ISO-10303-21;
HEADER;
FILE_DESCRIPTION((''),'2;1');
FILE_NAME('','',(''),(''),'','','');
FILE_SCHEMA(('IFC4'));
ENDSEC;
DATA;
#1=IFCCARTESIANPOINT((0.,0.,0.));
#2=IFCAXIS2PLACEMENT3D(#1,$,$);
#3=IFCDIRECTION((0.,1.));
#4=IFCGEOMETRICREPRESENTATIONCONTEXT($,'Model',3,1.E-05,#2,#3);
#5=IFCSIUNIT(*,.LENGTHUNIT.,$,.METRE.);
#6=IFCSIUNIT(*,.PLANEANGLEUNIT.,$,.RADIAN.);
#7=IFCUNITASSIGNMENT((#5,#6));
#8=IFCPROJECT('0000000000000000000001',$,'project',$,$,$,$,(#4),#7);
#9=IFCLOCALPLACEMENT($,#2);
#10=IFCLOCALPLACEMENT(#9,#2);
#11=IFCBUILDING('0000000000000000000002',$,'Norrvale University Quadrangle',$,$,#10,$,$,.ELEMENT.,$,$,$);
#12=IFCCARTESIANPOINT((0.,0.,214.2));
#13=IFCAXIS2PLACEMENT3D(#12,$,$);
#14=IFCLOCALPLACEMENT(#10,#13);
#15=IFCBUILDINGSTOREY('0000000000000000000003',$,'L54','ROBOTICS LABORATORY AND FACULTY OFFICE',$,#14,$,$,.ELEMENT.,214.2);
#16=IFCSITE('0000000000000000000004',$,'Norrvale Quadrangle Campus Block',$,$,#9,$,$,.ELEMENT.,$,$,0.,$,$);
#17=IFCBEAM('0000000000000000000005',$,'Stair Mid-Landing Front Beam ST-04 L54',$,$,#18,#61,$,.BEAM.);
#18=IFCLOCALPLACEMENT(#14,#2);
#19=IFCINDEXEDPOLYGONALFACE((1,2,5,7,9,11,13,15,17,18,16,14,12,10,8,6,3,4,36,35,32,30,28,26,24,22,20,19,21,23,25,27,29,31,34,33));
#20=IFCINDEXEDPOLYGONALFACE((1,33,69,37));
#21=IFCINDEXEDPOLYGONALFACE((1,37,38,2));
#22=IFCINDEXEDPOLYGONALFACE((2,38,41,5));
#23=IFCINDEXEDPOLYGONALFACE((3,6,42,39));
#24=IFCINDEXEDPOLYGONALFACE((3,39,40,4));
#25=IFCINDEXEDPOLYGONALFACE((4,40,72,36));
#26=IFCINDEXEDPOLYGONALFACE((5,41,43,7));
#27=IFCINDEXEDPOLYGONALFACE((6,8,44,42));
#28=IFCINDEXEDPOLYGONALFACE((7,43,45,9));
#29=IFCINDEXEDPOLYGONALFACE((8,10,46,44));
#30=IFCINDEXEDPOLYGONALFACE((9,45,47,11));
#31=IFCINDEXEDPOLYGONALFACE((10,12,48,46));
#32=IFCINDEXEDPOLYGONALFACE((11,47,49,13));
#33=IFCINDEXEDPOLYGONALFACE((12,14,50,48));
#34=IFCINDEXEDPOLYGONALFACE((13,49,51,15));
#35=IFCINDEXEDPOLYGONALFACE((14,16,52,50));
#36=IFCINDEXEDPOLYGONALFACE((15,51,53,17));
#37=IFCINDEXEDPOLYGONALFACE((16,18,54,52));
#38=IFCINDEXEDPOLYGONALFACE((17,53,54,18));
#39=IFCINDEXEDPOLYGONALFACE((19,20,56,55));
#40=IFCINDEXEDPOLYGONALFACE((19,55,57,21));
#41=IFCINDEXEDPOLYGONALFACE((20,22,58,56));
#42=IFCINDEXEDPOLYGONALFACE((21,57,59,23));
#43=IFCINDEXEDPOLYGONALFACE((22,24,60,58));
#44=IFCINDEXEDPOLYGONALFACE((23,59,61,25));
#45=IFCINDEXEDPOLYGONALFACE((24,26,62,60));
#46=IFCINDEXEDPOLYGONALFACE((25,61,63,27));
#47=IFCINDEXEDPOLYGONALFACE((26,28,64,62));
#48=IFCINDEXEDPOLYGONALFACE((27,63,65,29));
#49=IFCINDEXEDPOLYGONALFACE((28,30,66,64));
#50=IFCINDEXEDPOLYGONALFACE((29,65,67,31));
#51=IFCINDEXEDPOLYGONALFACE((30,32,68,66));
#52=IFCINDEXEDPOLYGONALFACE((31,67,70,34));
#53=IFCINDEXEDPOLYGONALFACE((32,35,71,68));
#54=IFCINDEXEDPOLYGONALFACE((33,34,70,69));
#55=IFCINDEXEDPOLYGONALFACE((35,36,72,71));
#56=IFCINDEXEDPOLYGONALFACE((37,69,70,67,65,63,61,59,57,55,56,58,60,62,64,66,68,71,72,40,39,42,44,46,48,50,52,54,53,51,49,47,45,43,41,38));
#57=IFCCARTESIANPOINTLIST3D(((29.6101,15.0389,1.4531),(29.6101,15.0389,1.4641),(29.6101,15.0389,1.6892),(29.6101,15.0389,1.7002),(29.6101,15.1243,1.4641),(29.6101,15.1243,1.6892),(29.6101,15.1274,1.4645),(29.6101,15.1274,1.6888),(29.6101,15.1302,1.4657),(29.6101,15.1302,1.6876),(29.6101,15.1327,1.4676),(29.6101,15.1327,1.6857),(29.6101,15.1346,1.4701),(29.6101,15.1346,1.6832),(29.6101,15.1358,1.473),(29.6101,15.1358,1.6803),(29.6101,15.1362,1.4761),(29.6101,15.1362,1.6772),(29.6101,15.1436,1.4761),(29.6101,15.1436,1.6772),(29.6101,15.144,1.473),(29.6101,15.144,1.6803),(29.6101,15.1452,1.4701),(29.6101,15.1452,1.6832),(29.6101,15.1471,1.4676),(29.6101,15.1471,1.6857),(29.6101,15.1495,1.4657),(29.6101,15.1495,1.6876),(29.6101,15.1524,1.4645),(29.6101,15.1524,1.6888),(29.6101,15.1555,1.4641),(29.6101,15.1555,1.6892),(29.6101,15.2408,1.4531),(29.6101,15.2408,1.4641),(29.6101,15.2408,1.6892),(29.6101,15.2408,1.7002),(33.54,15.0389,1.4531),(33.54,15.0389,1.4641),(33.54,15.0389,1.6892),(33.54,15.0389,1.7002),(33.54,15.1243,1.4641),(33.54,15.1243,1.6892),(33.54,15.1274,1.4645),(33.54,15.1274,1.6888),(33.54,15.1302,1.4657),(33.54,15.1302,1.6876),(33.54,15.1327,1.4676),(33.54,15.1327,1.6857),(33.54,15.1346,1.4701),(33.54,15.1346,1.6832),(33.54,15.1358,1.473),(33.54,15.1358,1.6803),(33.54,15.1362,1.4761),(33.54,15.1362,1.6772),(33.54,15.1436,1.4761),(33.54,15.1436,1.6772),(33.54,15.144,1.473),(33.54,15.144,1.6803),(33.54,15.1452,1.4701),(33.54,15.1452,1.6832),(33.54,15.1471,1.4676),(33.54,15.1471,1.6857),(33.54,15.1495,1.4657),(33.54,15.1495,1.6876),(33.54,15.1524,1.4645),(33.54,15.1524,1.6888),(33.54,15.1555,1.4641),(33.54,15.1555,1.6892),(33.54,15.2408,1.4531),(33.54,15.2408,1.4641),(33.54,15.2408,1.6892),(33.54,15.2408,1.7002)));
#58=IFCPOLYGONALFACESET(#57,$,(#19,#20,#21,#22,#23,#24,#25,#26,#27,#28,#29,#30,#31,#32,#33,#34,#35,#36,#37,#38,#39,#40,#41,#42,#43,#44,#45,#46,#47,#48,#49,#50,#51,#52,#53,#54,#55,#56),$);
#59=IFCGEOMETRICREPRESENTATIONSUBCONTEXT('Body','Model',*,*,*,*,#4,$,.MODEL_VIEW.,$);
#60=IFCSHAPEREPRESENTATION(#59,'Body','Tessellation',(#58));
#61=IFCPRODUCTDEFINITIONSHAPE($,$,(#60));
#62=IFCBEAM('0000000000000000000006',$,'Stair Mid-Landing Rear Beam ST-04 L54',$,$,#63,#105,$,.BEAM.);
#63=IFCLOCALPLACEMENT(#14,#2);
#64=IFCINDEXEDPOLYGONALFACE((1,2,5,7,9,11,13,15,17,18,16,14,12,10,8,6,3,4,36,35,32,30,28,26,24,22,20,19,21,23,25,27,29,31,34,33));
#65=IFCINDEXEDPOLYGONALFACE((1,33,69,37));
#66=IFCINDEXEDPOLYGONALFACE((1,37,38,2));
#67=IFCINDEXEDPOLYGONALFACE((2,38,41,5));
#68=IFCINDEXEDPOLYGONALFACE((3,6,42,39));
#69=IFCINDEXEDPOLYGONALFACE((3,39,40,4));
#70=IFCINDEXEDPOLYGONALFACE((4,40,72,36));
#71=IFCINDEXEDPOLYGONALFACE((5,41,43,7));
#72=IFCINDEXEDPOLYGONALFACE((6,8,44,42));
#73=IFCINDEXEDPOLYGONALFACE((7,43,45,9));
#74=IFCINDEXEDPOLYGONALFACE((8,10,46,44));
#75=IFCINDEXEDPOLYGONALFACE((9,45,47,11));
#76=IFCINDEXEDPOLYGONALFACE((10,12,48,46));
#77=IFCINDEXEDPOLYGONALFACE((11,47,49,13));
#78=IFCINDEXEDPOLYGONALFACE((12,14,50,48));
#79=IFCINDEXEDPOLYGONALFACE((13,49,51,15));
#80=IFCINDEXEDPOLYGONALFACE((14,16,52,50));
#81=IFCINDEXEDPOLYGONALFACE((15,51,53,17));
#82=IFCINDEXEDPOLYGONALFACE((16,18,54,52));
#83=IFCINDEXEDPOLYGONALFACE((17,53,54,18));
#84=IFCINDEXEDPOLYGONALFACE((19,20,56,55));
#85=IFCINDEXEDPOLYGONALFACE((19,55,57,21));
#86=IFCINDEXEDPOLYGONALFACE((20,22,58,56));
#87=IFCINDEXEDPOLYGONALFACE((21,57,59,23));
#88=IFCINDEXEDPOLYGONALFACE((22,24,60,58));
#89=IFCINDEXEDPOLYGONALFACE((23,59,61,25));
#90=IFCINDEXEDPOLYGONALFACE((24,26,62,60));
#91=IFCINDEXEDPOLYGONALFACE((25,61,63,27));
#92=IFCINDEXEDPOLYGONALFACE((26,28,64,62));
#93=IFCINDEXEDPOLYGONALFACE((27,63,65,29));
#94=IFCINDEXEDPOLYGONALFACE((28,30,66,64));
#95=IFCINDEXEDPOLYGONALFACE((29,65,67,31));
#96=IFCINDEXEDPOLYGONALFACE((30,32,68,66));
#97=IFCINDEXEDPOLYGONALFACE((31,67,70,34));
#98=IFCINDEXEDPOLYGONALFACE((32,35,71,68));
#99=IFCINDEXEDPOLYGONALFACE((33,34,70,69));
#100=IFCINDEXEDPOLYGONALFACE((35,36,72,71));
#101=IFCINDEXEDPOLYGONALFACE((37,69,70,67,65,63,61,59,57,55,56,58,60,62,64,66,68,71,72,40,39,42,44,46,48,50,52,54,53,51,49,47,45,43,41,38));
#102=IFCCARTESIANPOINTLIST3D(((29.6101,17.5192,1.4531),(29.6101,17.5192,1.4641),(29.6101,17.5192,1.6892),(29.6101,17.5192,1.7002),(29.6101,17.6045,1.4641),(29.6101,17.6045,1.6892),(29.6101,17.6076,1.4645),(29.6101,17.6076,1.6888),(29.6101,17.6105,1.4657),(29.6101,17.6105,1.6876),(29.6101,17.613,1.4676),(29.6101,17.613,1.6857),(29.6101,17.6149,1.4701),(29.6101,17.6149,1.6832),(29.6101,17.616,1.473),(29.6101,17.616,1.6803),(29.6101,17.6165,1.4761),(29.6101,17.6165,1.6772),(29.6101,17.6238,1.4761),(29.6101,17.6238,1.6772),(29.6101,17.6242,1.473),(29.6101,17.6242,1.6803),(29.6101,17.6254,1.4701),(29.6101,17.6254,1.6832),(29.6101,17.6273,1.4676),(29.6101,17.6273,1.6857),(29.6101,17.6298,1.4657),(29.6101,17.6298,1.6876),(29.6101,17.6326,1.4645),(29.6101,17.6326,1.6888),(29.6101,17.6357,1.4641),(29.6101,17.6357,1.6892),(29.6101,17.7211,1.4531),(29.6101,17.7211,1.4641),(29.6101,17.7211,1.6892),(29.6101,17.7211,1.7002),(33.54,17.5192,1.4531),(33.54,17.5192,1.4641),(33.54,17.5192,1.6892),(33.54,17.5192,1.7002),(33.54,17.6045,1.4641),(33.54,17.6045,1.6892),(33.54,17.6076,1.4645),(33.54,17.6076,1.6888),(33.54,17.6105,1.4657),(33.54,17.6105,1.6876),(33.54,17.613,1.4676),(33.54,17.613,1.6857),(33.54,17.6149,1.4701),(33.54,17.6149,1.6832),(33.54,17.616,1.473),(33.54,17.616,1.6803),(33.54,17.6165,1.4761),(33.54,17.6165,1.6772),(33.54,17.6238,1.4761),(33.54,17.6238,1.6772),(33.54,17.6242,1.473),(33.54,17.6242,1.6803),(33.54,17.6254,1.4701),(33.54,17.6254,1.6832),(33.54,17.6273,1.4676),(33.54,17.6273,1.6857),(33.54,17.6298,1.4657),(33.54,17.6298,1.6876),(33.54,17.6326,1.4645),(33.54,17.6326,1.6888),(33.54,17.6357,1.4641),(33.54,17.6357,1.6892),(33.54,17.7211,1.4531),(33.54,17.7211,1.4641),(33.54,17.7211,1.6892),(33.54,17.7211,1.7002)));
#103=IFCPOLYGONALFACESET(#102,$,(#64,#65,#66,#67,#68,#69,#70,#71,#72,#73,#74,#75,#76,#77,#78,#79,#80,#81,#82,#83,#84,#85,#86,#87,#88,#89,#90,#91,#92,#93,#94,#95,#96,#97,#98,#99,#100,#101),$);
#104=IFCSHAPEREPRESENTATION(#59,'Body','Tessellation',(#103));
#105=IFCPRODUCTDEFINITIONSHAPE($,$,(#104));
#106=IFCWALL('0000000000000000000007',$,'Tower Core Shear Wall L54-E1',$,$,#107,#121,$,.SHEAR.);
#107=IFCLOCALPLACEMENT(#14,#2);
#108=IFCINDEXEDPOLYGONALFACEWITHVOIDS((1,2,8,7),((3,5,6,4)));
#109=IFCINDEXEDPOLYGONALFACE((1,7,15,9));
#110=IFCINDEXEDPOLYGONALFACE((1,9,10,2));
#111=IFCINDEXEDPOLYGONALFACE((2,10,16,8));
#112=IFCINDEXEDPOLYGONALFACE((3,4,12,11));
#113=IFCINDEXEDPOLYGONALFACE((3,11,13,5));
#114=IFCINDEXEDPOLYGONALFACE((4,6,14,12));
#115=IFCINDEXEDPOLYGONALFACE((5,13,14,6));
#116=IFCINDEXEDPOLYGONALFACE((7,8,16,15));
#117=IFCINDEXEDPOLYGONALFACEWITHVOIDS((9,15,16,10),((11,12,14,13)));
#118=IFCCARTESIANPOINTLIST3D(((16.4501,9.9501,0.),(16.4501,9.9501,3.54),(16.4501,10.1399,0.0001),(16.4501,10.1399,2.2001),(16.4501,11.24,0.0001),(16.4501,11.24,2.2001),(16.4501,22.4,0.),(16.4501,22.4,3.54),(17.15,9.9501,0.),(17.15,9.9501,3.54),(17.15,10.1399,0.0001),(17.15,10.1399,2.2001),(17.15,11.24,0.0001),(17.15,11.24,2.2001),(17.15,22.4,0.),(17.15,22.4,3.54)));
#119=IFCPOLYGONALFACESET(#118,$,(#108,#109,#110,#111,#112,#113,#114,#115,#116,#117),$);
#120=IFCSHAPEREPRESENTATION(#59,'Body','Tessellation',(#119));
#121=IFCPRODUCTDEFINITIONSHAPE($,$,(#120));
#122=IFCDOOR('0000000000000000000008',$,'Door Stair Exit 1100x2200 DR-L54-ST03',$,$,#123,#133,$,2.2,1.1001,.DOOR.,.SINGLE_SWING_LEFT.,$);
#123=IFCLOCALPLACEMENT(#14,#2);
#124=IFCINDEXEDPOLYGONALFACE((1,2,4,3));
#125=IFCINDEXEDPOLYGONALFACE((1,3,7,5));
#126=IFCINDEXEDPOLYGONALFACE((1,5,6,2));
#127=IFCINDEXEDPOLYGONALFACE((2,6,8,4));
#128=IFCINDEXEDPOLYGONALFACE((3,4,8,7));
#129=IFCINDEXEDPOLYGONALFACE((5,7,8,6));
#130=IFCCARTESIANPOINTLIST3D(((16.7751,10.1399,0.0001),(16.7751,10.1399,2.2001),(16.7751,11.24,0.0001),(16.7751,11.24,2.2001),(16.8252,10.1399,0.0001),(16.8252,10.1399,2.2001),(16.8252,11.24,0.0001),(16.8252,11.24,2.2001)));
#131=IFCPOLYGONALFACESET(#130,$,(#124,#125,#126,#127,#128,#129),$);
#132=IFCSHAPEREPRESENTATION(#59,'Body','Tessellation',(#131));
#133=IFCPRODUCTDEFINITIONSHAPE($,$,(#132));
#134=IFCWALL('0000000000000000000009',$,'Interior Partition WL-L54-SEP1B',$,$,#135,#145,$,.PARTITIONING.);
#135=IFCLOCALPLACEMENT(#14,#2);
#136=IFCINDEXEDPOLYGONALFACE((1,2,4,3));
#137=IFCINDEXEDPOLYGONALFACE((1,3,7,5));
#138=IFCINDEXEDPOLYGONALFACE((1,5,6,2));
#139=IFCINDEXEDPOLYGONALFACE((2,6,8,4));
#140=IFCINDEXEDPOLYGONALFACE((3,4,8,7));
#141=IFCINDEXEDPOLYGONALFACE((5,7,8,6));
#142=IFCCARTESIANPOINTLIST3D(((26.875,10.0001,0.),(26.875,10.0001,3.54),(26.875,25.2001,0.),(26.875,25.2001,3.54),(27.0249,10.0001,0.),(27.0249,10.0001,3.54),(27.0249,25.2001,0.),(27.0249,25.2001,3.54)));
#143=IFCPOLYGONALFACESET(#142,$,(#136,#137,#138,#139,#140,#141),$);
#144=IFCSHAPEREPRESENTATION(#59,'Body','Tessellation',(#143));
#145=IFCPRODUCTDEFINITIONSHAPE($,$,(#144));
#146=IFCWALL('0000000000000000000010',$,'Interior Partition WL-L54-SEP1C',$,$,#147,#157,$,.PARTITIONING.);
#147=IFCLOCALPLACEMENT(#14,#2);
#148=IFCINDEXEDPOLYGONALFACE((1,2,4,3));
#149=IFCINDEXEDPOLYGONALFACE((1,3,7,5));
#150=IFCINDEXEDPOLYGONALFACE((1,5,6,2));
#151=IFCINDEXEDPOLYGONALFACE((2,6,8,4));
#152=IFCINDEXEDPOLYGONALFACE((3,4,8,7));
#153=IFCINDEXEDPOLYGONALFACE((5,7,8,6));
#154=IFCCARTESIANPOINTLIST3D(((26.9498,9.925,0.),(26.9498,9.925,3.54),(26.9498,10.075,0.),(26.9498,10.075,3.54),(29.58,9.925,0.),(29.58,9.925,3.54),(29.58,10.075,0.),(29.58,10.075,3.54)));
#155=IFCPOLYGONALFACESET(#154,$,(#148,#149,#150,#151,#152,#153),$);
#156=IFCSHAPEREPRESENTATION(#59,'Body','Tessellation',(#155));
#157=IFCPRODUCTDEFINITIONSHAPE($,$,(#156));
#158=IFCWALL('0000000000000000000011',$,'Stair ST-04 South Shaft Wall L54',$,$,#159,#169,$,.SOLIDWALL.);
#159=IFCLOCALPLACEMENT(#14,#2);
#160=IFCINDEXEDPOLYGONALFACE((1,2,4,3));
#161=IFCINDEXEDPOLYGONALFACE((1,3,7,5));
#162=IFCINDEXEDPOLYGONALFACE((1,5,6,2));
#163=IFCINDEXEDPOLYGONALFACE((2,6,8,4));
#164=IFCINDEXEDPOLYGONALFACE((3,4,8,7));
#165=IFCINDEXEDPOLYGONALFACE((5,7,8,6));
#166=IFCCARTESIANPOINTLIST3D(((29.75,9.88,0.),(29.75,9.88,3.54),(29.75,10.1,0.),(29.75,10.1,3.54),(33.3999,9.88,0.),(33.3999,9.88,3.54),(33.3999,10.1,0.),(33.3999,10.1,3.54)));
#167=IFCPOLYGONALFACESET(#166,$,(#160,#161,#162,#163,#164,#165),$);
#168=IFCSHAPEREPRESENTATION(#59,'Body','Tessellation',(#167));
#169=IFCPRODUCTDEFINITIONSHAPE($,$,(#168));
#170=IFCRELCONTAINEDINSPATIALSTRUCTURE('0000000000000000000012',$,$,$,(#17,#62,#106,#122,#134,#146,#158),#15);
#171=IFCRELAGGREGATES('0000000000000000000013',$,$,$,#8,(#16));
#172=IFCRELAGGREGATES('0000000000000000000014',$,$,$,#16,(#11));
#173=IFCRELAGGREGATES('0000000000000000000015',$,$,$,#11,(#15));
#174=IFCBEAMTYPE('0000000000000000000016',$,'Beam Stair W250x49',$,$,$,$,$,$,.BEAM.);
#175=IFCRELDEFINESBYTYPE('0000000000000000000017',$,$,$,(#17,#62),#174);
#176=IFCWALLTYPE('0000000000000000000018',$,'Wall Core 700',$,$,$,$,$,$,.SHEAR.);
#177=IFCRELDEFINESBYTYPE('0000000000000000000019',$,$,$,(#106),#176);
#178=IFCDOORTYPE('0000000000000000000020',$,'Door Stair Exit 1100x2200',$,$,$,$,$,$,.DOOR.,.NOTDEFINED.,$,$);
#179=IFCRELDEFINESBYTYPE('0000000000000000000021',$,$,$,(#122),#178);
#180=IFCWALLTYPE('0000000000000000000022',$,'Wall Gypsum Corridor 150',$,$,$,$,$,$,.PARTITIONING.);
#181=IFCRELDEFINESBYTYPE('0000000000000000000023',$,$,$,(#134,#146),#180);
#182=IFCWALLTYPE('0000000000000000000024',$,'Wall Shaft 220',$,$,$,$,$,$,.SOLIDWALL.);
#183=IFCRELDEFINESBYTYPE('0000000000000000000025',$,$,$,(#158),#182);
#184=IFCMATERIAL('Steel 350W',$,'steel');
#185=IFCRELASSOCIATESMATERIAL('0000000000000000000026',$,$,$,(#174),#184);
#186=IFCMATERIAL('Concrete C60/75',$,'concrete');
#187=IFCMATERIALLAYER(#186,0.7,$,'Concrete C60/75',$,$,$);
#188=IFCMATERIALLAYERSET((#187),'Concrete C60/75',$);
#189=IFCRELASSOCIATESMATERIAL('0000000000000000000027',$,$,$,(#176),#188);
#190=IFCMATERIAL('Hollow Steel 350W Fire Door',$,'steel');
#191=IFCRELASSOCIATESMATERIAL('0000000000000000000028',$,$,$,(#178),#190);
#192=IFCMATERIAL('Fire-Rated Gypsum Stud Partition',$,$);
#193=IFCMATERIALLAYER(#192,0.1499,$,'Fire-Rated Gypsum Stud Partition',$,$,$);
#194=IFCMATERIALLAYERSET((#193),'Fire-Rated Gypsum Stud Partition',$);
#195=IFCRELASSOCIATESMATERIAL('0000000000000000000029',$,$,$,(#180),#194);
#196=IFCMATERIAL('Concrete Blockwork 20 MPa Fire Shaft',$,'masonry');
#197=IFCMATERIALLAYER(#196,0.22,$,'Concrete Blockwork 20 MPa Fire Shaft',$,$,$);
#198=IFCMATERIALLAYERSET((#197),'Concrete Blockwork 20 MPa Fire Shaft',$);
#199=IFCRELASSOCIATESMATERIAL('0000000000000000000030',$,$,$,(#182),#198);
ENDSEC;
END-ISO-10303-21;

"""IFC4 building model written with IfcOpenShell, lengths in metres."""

from ifc_helpers import new_model, si_unit, direction, frame, frame_2d, origin, origin_2d, place, context, subcontext, project, spatial, rectangle, i_section, extrude, material, layer, layer_set, material_profile, profile_set, type_object, element, fill, save


model = new_model("IFC4")

# Units and contexts
model_context = context("Model", 3, precision=1e-05, world=origin(), true_north=direction((0.0, 1.0)))
body_context = subcontext(model_context, "Body", "Model", "MODEL_VIEW")
ifc_project = project(units=[si_unit("LENGTHUNIT", "METRE"), si_unit("PLANEANGLEUNIT", "RADIAN")], contexts=[model_context])

# Site, building, storey
site_placement = place(None, origin())
site = spatial("IfcSite", under=ifc_project, at=site_placement, Name="Norrvale Quadrangle Campus Block", CompositionType="ELEMENT", RefElevation=0.0)
building_placement = place(site_placement, origin())
building = spatial("IfcBuilding", under=site, at=building_placement, Name="Norrvale University Quadrangle", CompositionType="ELEMENT")
storey_placement = place(building_placement, frame((0.0, 0.0, 214.2)))
storey = spatial("IfcBuildingStorey", under=building, at=storey_placement, Name="L54", Description="ROBOTICS LABORATORY AND FACULTY OFFICE", CompositionType="ELEMENT", Elevation=214.2)

# Shared definitions
ifc_material_1 = material(Name="Concrete C60/75", Category="concrete")

# Beams
ifc_material_2 = material(Name="Steel 350W", Category="steel")
ifc_material_profile_1 = material_profile(ifc_material_2, i_section(OverallWidth=0.2019, OverallDepth=0.2471, WebThickness=0.0073, FlangeThickness=0.011, FilletRadius=0.012, at=origin_2d()), Name="Steel 350W")
ifc_profile_set_1 = profile_set([ifc_material_profile_1], Name="Steel 350W")
beam_type_1 = type_object("IfcBeamType", Name="Beam Stair W250x49", PredefinedType="BEAM", material=ifc_profile_set_1)
for number, where, z_axis, x_axis, name in (
    (1, (29.6101, 15.1399, 1.5767), (1.0, 0.0, 0.0), (0.0, 1.0, 0.0), "Stair Mid-Landing Front Beam ST-04 L54"),
    (2, (29.6101, 17.6201, 1.5767), (1.0, 0.0, 0.0), (0.0, 1.0, 0.0), "Stair Mid-Landing Rear Beam ST-04 L54"),
):
    element("IfcBeam", number, at=place(storey_placement, frame(where, z_axis=z_axis, x_axis=x_axis)), inside=storey, type_object=beam_type_1, Name=name, PredefinedType="BEAM", context=body_context, shape_type="SweptSolid", body=[
        extrude(i_section(OverallWidth=0.2019, OverallDepth=0.2471, WebThickness=0.0073, FlangeThickness=0.011, FilletRadius=0.012, at=origin_2d()), origin(), (0.0, 0.0, 1.0), 3.9299),
    ])

# Wall, opening, door
ifc_layer_1 = layer(ifc_material_1, 0.7, Name="Concrete C60/75")
ifc_layer_set_1 = layer_set([ifc_layer_1], Name="Concrete C60/75")
wall_type_1 = type_object("IfcWallType", Name="Wall Core 700", PredefinedType="SHEAR", material=ifc_layer_set_1)
wall_1_placement = place(storey_placement, frame((16.8, 9.95, 0.0), z_axis=(0.0, 0.0, 1.0), x_axis=(0.0, 1.0, 0.0)))
wall_1 = element("IfcWall", 3, at=wall_1_placement, inside=storey, type_object=wall_type_1, Name="Tower Core Shear Wall L54-E1", PredefinedType="SHEAR", context=body_context, shape_type="SweptSolid", body=[
    extrude(rectangle(XDim=12.45, YDim=0.7, at=frame_2d((6.2251, 0.0))), origin(), (0.0, 0.0, 1.0), 3.54),
])
opening_1_placement = place(wall_1_placement, frame((0.1899, 0.0, 0.0)))
opening_1 = element("IfcOpeningElement", 4, at=opening_1_placement, cuts=wall_1, PredefinedType="OPENING", context=body_context, shape_type="SweptSolid", body=[
    extrude(rectangle(XDim=1.1001, YDim=2.2, at=frame_2d((0.55, 1.1001))), frame((0.0, 0.3621, 0.0), z_axis=(0.0, -1.0, 0.0), x_axis=(1.0, 0.0, 0.0)), (0.0, 0.0, 1.0), 0.7239),
])
ifc_material_3 = material(Name="Hollow Steel 350W Fire Door", Category="steel")
door_type = type_object("IfcDoorType", Name="Door Stair Exit 1100x2200", OperationType="NOTDEFINED", PredefinedType="DOOR", material=ifc_material_3)
door_1_placement = place(opening_1_placement, origin())
door_1 = element("IfcDoor", 5, at=door_1_placement, inside=storey, type_object=door_type, Name="Door Stair Exit 1100x2200 DR-L54-ST03", OperationType="SINGLE_SWING_LEFT", OverallHeight=2.2, OverallWidth=1.1001, PredefinedType="DOOR", context=body_context, shape_type="SweptSolid", body=[
    extrude(rectangle(XDim=1.1001, YDim=2.2, at=frame_2d((0.55, 1.1001))), frame((0.0, 0.0249, 0.0), z_axis=(0.0, -1.0, 0.0), x_axis=(1.0, 0.0, 0.0)), (0.0, 0.0, 1.0), 0.05),
])
fill(opening_1, door_1)

# Walls
ifc_material_4 = material(Name="Fire-Rated Gypsum Stud Partition")
ifc_layer_2 = layer(ifc_material_4, 0.1499, Name="Fire-Rated Gypsum Stud Partition")
ifc_layer_set_2 = layer_set([ifc_layer_2], Name="Fire-Rated Gypsum Stud Partition")
wall_type_2 = type_object("IfcWallType", Name="Wall Gypsum Corridor 150", PredefinedType="PARTITIONING", material=ifc_layer_set_2)
wall_2_placement = place(storey_placement, frame((26.95, 10.0, 0.0), z_axis=(0.0, 0.0, 1.0), x_axis=(0.0, 1.0, 0.0)))
element("IfcWall", 6, at=wall_2_placement, inside=storey, type_object=wall_type_2, Name="Interior Partition WL-L54-SEP1B", PredefinedType="PARTITIONING", context=body_context, shape_type="SweptSolid", body=[
    extrude(rectangle(XDim=15.2, YDim=0.1499, at=frame_2d((7.6001, 0.0))), origin(), (0.0, 0.0, 1.0), 3.54),
])
wall_3_placement = place(storey_placement, frame((26.95, 10.0, 0.0), z_axis=(0.0, 0.0, 1.0), x_axis=(1.0, 0.0, 0.0)))
element("IfcWall", 7, at=wall_3_placement, inside=storey, type_object=wall_type_2, Name="Interior Partition WL-L54-SEP1C", PredefinedType="PARTITIONING", context=body_context, shape_type="SweptSolid", body=[
    extrude(rectangle(XDim=2.6301, YDim=0.1499, at=frame_2d((1.3149, 0.0))), origin(), (0.0, 0.0, 1.0), 3.54),
])
ifc_material_5 = material(Name="Concrete Blockwork 20 MPa Fire Shaft", Category="masonry")
ifc_layer_3 = layer(ifc_material_5, 0.22, Name="Concrete Blockwork 20 MPa Fire Shaft")
ifc_layer_set_3 = layer_set([ifc_layer_3], Name="Concrete Blockwork 20 MPa Fire Shaft")
wall_type_3 = type_object("IfcWallType", Name="Wall Shaft 220", PredefinedType="SOLIDWALL", material=ifc_layer_set_3)
wall_4_placement = place(storey_placement, frame((29.75, 9.99, 0.0), z_axis=(0.0, 0.0, 1.0), x_axis=(1.0, 0.0, 0.0)))
element("IfcWall", 8, at=wall_4_placement, inside=storey, type_object=wall_type_3, Name="Stair ST-04 South Shaft Wall L54", PredefinedType="SOLIDWALL", context=body_context, shape_type="SweptSolid", body=[
    extrude(rectangle(XDim=3.6499, YDim=0.22, at=frame_2d((1.825, 0.0))), origin(), (0.0, 0.0, 1.0), 3.54),
])

save(model, "model.ifc")
